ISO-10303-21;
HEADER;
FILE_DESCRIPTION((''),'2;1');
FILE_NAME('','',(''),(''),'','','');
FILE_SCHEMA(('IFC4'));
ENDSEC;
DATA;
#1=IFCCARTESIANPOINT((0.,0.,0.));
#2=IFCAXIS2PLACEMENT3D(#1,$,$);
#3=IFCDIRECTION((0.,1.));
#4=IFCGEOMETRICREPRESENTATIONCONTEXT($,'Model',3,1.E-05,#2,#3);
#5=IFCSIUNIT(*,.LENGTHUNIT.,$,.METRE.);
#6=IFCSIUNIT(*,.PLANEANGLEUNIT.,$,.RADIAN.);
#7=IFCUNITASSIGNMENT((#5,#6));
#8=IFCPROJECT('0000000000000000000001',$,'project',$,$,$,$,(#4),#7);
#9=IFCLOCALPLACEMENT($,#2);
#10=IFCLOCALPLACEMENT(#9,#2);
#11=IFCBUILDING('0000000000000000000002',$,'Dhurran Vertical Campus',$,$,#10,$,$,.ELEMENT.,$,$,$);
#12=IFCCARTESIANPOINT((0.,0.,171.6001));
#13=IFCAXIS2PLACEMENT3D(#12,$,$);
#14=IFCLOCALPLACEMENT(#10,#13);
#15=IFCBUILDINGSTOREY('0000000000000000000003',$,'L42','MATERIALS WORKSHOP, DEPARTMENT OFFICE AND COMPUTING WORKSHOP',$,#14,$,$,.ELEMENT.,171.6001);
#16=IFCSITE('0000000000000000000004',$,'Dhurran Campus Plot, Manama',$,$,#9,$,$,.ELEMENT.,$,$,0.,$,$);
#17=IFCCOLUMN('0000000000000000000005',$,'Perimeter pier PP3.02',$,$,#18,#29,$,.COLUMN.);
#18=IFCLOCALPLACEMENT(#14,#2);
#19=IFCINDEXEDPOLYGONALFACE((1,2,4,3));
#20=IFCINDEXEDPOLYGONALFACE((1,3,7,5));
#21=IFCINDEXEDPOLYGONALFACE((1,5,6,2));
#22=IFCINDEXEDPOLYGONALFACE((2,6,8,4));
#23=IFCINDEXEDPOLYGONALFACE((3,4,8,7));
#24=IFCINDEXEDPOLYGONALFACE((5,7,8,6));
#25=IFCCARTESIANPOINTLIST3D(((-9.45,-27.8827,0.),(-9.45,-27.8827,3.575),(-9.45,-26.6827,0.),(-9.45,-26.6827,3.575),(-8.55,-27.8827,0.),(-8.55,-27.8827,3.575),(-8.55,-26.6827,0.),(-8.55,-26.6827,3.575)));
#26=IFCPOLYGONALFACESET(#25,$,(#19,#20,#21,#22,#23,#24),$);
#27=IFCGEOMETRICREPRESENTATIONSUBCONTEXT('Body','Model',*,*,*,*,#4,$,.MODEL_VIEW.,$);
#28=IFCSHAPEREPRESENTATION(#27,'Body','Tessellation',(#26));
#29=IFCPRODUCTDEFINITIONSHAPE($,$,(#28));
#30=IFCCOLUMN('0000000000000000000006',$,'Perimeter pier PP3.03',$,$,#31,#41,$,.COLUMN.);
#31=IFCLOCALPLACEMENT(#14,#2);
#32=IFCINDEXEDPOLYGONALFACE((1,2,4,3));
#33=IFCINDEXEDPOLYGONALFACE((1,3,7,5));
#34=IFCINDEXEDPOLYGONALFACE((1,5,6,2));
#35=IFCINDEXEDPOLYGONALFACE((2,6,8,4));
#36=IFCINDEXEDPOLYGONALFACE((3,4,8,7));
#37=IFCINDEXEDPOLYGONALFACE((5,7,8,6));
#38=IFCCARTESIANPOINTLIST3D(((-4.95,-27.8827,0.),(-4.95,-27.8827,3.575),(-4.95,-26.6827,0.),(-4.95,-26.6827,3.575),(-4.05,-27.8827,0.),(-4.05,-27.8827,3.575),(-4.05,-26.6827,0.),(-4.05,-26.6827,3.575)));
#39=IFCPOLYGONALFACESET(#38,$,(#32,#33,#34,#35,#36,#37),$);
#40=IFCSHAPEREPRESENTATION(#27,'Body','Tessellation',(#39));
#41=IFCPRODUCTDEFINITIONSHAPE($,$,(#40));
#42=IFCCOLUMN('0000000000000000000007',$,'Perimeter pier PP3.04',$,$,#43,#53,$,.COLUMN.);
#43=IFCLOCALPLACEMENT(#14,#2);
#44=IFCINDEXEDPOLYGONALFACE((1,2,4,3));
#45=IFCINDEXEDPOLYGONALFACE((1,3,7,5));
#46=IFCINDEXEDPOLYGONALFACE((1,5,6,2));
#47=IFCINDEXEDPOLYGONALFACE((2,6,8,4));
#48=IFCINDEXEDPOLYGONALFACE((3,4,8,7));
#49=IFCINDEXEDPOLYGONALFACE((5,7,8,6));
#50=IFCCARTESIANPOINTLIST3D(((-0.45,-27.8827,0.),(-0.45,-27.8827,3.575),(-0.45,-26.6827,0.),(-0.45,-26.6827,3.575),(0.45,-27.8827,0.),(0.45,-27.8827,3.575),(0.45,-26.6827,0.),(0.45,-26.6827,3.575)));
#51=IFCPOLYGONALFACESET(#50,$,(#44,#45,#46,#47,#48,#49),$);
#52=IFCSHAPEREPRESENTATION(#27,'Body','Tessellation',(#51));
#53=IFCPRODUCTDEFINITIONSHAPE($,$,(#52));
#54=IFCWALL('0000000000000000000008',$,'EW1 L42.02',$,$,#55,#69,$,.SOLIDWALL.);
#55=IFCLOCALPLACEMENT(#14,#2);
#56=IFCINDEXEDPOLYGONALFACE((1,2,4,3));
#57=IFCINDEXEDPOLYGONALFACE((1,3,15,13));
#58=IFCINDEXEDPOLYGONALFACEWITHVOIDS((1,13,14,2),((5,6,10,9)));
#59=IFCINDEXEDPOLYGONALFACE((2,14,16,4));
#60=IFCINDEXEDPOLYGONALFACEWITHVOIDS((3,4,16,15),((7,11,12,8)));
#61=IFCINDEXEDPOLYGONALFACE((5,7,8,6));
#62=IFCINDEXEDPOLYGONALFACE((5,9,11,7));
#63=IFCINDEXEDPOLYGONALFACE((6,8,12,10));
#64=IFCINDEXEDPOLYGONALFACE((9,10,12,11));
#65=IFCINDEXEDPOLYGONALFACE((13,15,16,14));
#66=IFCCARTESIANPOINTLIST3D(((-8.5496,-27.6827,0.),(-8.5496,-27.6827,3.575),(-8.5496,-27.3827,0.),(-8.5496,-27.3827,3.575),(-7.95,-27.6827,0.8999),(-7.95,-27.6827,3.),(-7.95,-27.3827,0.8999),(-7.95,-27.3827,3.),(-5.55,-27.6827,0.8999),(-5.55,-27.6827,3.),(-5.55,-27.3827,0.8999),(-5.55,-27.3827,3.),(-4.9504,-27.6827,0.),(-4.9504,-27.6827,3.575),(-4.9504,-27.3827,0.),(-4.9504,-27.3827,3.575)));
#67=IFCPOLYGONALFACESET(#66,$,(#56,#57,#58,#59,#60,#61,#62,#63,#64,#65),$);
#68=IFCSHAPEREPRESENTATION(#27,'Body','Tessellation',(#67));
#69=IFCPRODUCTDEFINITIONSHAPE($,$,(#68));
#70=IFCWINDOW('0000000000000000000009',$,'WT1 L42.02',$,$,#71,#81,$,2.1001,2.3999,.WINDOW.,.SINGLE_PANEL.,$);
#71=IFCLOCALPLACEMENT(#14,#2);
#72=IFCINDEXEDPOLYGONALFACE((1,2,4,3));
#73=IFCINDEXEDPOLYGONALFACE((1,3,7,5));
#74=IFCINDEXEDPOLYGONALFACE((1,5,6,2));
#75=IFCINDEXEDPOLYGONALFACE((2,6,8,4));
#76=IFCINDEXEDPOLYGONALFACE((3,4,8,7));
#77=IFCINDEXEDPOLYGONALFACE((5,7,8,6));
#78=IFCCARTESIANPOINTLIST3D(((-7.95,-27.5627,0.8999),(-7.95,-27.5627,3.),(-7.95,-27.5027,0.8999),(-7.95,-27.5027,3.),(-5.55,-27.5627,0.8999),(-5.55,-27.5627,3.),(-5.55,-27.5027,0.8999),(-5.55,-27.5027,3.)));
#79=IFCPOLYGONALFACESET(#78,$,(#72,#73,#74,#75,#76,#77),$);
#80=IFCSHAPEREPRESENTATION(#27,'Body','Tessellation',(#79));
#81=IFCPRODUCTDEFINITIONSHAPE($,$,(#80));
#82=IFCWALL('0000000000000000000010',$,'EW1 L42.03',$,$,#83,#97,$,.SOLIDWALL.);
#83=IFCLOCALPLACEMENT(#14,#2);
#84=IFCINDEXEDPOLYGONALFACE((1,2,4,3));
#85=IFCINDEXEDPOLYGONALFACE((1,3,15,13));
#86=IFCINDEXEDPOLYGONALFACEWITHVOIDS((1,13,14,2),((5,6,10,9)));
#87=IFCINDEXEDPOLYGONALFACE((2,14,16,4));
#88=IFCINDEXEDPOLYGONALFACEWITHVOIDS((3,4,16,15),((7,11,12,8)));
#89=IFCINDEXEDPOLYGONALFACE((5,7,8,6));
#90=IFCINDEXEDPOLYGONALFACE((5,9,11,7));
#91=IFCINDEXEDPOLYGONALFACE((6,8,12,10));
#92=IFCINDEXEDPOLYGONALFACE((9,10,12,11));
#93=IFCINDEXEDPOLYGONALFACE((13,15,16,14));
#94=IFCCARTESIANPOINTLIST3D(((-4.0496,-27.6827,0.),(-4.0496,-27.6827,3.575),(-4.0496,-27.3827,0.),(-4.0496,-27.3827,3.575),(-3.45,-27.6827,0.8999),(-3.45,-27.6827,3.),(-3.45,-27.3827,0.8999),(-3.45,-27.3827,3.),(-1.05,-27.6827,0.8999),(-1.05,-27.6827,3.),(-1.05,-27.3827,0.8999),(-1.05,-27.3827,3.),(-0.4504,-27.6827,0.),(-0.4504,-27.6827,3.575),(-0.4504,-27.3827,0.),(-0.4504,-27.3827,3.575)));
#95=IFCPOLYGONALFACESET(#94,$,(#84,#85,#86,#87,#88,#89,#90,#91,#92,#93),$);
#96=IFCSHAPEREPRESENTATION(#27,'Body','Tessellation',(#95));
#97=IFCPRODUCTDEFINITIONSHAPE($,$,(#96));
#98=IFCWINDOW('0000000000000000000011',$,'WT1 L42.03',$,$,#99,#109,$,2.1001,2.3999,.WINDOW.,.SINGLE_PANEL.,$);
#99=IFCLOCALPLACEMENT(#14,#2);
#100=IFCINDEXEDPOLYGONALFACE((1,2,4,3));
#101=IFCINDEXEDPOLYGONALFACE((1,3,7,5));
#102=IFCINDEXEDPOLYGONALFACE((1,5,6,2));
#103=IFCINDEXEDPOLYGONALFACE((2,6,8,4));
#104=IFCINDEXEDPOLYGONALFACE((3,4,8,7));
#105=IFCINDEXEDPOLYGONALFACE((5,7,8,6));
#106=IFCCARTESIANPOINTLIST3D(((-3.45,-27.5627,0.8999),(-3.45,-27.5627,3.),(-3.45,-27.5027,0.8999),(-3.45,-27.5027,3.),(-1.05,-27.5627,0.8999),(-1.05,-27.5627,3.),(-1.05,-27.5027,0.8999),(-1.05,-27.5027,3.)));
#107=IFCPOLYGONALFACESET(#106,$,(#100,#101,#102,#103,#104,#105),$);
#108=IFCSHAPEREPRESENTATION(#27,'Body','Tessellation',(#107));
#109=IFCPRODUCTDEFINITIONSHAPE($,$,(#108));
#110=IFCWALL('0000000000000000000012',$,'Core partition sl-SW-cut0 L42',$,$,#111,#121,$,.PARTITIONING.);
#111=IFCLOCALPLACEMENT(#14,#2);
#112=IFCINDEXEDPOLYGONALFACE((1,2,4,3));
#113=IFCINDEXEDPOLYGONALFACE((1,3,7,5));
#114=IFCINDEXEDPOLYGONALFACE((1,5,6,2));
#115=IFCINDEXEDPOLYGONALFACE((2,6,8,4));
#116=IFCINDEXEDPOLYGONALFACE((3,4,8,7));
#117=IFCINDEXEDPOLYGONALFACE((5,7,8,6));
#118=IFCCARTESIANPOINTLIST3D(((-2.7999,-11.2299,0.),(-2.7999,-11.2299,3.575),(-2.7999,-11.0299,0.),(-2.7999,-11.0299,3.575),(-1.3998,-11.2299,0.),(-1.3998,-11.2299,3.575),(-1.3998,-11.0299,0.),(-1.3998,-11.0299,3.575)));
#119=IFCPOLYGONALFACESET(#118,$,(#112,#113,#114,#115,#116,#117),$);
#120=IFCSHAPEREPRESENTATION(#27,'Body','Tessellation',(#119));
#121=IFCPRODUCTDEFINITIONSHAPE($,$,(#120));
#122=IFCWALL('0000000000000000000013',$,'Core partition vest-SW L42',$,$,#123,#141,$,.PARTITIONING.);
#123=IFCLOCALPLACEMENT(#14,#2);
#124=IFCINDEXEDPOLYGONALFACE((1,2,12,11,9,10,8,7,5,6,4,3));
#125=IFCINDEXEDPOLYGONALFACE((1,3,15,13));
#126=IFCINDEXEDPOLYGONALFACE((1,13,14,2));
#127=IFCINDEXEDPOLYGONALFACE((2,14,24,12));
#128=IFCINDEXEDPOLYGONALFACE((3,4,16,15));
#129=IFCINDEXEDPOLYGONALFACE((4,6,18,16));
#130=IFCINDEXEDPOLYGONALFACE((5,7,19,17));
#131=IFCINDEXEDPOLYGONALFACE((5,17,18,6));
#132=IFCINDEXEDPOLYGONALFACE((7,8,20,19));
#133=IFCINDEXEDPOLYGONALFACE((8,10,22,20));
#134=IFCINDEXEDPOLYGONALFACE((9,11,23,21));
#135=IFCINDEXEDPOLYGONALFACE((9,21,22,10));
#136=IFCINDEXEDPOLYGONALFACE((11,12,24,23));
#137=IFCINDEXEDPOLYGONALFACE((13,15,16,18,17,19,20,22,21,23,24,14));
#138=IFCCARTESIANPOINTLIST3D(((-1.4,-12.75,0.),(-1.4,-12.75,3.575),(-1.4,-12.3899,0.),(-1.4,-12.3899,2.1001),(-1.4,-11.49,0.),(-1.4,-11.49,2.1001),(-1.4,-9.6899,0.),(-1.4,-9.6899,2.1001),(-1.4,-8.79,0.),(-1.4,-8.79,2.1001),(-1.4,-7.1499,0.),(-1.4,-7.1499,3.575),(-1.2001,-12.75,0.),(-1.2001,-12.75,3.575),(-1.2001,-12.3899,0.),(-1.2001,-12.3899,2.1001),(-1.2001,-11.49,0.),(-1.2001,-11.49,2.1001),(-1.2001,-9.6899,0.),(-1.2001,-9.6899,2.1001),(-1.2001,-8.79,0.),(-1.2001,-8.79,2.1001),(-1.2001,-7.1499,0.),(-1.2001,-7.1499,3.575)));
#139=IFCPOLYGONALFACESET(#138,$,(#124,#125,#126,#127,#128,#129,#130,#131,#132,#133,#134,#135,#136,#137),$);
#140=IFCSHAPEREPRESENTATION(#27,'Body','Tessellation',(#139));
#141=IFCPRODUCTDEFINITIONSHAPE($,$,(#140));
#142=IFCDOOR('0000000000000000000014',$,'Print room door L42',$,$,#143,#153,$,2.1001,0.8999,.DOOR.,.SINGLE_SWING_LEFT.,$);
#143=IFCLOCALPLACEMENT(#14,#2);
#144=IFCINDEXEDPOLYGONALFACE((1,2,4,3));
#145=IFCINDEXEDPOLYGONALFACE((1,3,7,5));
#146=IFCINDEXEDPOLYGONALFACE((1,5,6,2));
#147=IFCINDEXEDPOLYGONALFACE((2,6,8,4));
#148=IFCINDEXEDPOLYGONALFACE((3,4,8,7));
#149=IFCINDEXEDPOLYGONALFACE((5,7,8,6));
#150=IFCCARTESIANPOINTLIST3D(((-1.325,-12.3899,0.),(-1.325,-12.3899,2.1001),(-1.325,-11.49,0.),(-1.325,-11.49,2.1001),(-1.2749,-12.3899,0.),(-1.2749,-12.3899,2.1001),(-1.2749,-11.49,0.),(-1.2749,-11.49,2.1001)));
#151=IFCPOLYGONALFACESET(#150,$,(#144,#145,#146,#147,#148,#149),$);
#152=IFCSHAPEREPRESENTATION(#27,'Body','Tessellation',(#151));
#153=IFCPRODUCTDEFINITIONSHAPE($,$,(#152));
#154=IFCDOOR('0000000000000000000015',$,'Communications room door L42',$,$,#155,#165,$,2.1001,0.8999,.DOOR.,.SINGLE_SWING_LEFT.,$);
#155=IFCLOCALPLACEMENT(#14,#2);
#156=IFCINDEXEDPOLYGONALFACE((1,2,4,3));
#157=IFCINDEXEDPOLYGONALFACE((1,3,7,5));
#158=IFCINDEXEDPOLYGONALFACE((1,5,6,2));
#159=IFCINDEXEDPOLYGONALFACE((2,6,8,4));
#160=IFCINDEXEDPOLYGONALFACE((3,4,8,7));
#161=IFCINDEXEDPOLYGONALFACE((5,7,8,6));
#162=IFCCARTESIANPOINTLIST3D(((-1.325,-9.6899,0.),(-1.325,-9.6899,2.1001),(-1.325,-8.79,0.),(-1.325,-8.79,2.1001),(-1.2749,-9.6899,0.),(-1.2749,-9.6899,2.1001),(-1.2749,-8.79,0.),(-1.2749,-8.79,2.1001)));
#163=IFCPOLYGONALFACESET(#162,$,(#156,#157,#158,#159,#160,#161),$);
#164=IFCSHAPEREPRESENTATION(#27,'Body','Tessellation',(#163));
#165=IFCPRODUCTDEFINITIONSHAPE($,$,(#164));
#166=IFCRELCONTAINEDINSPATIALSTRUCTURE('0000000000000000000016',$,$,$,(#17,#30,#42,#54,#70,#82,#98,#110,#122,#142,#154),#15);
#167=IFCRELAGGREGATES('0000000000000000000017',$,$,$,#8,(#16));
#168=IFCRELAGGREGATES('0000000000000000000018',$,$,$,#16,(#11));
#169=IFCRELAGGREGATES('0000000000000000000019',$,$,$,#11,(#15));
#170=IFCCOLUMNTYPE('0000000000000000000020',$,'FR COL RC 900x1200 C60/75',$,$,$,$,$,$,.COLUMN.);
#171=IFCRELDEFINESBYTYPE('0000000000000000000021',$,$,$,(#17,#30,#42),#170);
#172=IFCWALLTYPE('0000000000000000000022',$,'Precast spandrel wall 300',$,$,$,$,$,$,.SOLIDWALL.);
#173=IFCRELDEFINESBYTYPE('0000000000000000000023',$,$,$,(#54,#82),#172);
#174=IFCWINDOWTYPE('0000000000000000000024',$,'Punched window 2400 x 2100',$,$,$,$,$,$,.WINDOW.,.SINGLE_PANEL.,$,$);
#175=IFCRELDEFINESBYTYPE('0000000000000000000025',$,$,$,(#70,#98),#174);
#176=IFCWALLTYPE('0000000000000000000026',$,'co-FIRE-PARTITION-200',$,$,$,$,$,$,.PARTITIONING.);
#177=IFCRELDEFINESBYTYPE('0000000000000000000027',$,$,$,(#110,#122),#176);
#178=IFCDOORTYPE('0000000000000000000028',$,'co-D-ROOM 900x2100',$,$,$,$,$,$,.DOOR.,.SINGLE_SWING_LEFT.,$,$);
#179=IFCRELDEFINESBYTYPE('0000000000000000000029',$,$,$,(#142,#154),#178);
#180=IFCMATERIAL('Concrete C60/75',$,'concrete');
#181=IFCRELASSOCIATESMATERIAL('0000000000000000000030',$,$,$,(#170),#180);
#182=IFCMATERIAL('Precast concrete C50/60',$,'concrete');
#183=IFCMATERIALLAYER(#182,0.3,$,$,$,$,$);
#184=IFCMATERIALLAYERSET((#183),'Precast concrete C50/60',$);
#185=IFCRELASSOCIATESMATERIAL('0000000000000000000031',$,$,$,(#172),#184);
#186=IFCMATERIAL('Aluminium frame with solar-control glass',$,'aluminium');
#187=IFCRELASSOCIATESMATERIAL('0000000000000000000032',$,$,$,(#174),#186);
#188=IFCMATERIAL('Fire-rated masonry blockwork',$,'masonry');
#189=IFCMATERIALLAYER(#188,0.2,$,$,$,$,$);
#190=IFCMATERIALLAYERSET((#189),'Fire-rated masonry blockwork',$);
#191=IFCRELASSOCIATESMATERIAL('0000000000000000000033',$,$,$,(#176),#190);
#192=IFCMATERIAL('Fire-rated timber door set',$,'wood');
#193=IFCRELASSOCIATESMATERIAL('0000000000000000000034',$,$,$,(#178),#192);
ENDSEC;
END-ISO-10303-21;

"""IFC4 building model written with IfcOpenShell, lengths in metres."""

from ifc_helpers import new_model, si_unit, direction, frame, frame_2d, origin, origin_2d, place, context, subcontext, project, spatial, rectangle, extrude, material, layer, layer_set, material_profile, profile_set, type_object, element, fill, save


model = new_model("IFC4")

# Units and contexts
model_context = context("Model", 3, precision=1e-05, world=origin(), true_north=direction((0.0, 1.0)))
body_context = subcontext(model_context, "Body", "Model", "MODEL_VIEW")
ifc_project = project(units=[si_unit("LENGTHUNIT", "METRE"), si_unit("PLANEANGLEUNIT", "RADIAN")], contexts=[model_context])

# Site, building, storey
site_placement = place(None, origin())
site = spatial("IfcSite", under=ifc_project, at=site_placement, Name="Dhurran Campus Plot, Manama", CompositionType="ELEMENT", RefElevation=0.0)
building_placement = place(site_placement, origin())
building = spatial("IfcBuilding", under=site, at=building_placement, Name="Dhurran Vertical Campus", CompositionType="ELEMENT")
storey_placement = place(building_placement, frame((0.0, 0.0, 171.6001)))
storey = spatial("IfcBuildingStorey", under=building, at=storey_placement, Name="L42", Description="MATERIALS WORKSHOP, DEPARTMENT OFFICE AND COMPUTING WORKSHOP", CompositionType="ELEMENT", Elevation=171.6001)

# Columns
ifc_material_1 = material(Name="Concrete C60/75", Category="concrete")
ifc_material_profile = material_profile(ifc_material_1, rectangle(XDim=0.8999, YDim=1.2, at=origin_2d()), Name="RC 900x1200")
ifc_profile_set = profile_set([ifc_material_profile], Name="Concrete C60/75")
column_type = type_object("IfcColumnType", Name="FR COL RC 900x1200 C60/75", PredefinedType="COLUMN", material=ifc_profile_set)
for number, where, z_axis, x_axis, name in (
    (1, (-9.0, -27.2827, 0.0), (0.0, 0.0, 1.0), (1.0, 0.0, 0.0), "Perimeter pier PP3.02"),
    (2, (-4.5, -27.2827, 0.0), (0.0, 0.0, 1.0), (1.0, 0.0, 0.0), "Perimeter pier PP3.03"),
    (3, (0.0, -27.2827, 0.0), (0.0, 0.0, 1.0), (1.0, 0.0, 0.0), "Perimeter pier PP3.04"),
):
    element("IfcColumn", number, at=place(storey_placement, frame(where, z_axis=z_axis, x_axis=x_axis)), inside=storey, type_object=column_type, Name=name, PredefinedType="COLUMN", context=body_context, shape_type="SweptSolid", body=[
        extrude(rectangle(XDim=0.8999, YDim=1.2, at=origin_2d()), origin(), (0.0, 0.0, 1.0), 3.575),
    ])

# Walls, openings, windows
ifc_material_2 = material(Name="Precast concrete C50/60", Category="concrete")
ifc_layer_1 = layer(ifc_material_2, 0.3)
ifc_layer_set_1 = layer_set([ifc_layer_1], Name="Precast concrete C50/60")
wall_type_1 = type_object("IfcWallType", Name="Precast spandrel wall 300", PredefinedType="SOLIDWALL", material=ifc_layer_set_1)
wall_1_placement = place(storey_placement, frame((-8.5496, -27.5327, 0.0), z_axis=(0.0, 0.0, 1.0), x_axis=(1.0, 0.0, 0.0)))
wall_1 = element("IfcWall", 4, at=wall_1_placement, inside=storey, type_object=wall_type_1, Name="EW1 L42.02", PredefinedType="SOLIDWALL", context=body_context, shape_type="SweptSolid", body=[
    extrude(rectangle(XDim=3.5991, YDim=0.3, at=frame_2d((1.7996, 0.0))), origin(), (0.0, 0.0, 1.0), 3.575),
])
opening_1_placement = place(wall_1_placement, frame((0.5996, 0.0, 0.8999)))
opening_1 = element("IfcOpeningElement", 5, at=opening_1_placement, cuts=wall_1, PredefinedType="OPENING", context=body_context, shape_type="SweptSolid", body=[
    extrude(rectangle(XDim=2.3999, YDim=2.1001, at=frame_2d((1.2, 1.05))), frame((0.0, 0.1599, 0.0), z_axis=(0.0, -1.0, 0.0), x_axis=(1.0, 0.0, 0.0)), (0.0, 0.0, 1.0), 0.3201),
])
ifc_material_3 = material(Name="Aluminium frame with solar-control glass", Category="aluminium")
window_type = type_object("IfcWindowType", Name="Punched window 2400 x 2100", PartitioningType="SINGLE_PANEL", PredefinedType="WINDOW", material=ifc_material_3)
window_1_placement = place(opening_1_placement, origin())
window_1 = element("IfcWindow", 6, at=window_1_placement, inside=storey, type_object=window_type, Name="WT1 L42.02", OverallHeight=2.1001, OverallWidth=2.3999, PartitioningType="SINGLE_PANEL", PredefinedType="WINDOW", context=body_context, shape_type="SweptSolid", body=[
    extrude(rectangle(XDim=2.3999, YDim=2.1001, at=frame_2d((1.2, 1.05))), frame((0.0, 0.03, 0.0), z_axis=(0.0, -1.0, 0.0), x_axis=(1.0, 0.0, 0.0)), (0.0, 0.0, 1.0), 0.0601),
])
fill(opening_1, window_1)
wall_2_placement = place(storey_placement, frame((-4.0496, -27.5327, 0.0), z_axis=(0.0, 0.0, 1.0), x_axis=(1.0, 0.0, 0.0)))
wall_2 = element("IfcWall", 7, at=wall_2_placement, inside=storey, type_object=wall_type_1, Name="EW1 L42.03", PredefinedType="SOLIDWALL", context=body_context, shape_type="SweptSolid", body=[
    extrude(rectangle(XDim=3.5991, YDim=0.3, at=frame_2d((1.7996, 0.0))), origin(), (0.0, 0.0, 1.0), 3.575),
])
opening_2_placement = place(wall_2_placement, frame((0.5996, 0.0, 0.8999)))
opening_2 = element("IfcOpeningElement", 8, at=opening_2_placement, cuts=wall_2, PredefinedType="OPENING", context=body_context, shape_type="SweptSolid", body=[
    extrude(rectangle(XDim=2.3999, YDim=2.1001, at=frame_2d((1.2, 1.05))), frame((0.0, 0.1599, 0.0), z_axis=(0.0, -1.0, 0.0), x_axis=(1.0, 0.0, 0.0)), (0.0, 0.0, 1.0), 0.3201),
])
window_2_placement = place(opening_2_placement, origin())
window_2 = element("IfcWindow", 9, at=window_2_placement, inside=storey, type_object=window_type, Name="WT1 L42.03", OverallHeight=2.1001, OverallWidth=2.3999, PartitioningType="SINGLE_PANEL", PredefinedType="WINDOW", context=body_context, shape_type="SweptSolid", body=[
    extrude(rectangle(XDim=2.3999, YDim=2.1001, at=frame_2d((1.2, 1.05))), frame((0.0, 0.03, 0.0), z_axis=(0.0, -1.0, 0.0), x_axis=(1.0, 0.0, 0.0)), (0.0, 0.0, 1.0), 0.0601),
])
fill(opening_2, window_2)

# Wall
ifc_material_4 = material(Name="Fire-rated masonry blockwork", Category="masonry")
ifc_layer_2 = layer(ifc_material_4, 0.2)
ifc_layer_set_2 = layer_set([ifc_layer_2], Name="Fire-rated masonry blockwork")
wall_type_2 = type_object("IfcWallType", Name="co-FIRE-PARTITION-200", PredefinedType="PARTITIONING", material=ifc_layer_set_2)
wall_3_placement = place(storey_placement, frame((-2.8, -11.1299, 0.0), z_axis=(0.0, 0.0, 1.0), x_axis=(1.0, 0.0, 0.0)))
element("IfcWall", 10, at=wall_3_placement, inside=storey, type_object=wall_type_2, Name="Core partition sl-SW-cut0 L42", PredefinedType="PARTITIONING", context=body_context, shape_type="SweptSolid", body=[
    extrude(rectangle(XDim=1.4001, YDim=0.2, at=frame_2d((0.7002, 0.0))), origin(), (0.0, 0.0, 1.0), 3.575),
])

# Wall, openings, doors
wall_4_placement = place(storey_placement, frame((-1.3, -12.75, 0.0), z_axis=(0.0, 0.0, 1.0), x_axis=(0.0, 1.0, 0.0)))
wall_4 = element("IfcWall", 11, at=wall_4_placement, inside=storey, type_object=wall_type_2, Name="Core partition vest-SW L42", PredefinedType="PARTITIONING", context=body_context, shape_type="SweptSolid", body=[
    extrude(rectangle(XDim=5.6001, YDim=0.2, at=frame_2d((2.8, 0.0))), origin(), (0.0, 0.0, 1.0), 3.575),
])
opening_3_placement = place(wall_4_placement, frame((0.3601, 0.0, 0.0)))
opening_3 = element("IfcOpeningElement", 12, at=opening_3_placement, cuts=wall_4, PredefinedType="OPENING", context=body_context, shape_type="SweptSolid", body=[
    extrude(rectangle(XDim=0.8999, YDim=2.1001, at=frame_2d((0.45, 1.05))), frame((0.0, 0.1099, 0.0), z_axis=(0.0, -1.0, 0.0), x_axis=(1.0, 0.0, 0.0)), (0.0, 0.0, 1.0), 0.22),
])
opening_4_placement = place(wall_4_placement, frame((3.0601, 0.0, 0.0)))
opening_4 = element("IfcOpeningElement", 13, at=opening_4_placement, cuts=wall_4, PredefinedType="OPENING", context=body_context, shape_type="SweptSolid", body=[
    extrude(rectangle(XDim=0.8999, YDim=2.1001, at=frame_2d((0.45, 1.05))), frame((0.0, 0.1099, 0.0), z_axis=(0.0, -1.0, 0.0), x_axis=(1.0, 0.0, 0.0)), (0.0, 0.0, 1.0), 0.22),
])
ifc_material_5 = material(Name="Fire-rated timber door set", Category="wood")
door_type_1 = type_object("IfcDoorType", Name="co-D-ROOM 900x2100", OperationType="SINGLE_SWING_LEFT", PredefinedType="DOOR", material=ifc_material_5)
door_1_placement = place(opening_3_placement, origin())
door_1 = element("IfcDoor", 14, at=door_1_placement, inside=storey, type_object=door_type_1, Name="Print room door L42", OperationType="SINGLE_SWING_LEFT", OverallHeight=2.1001, OverallWidth=0.8999, PredefinedType="DOOR", context=body_context, shape_type="SweptSolid", body=[
    extrude(rectangle(XDim=0.8999, YDim=2.1001, at=frame_2d((0.45, 1.05))), frame((0.0, 0.0249, 0.0), z_axis=(0.0, -1.0, 0.0), x_axis=(1.0, 0.0, 0.0)), (0.0, 0.0, 1.0), 0.05),
])
fill(opening_3, door_1)
door_2_placement = place(opening_4_placement, origin())
door_2 = element("IfcDoor", 15, at=door_2_placement, inside=storey, type_object=door_type_1, Name="Communications room door L42", OperationType="SINGLE_SWING_LEFT", OverallHeight=2.1001, OverallWidth=0.8999, PredefinedType="DOOR", context=body_context, shape_type="SweptSolid", body=[
    extrude(rectangle(XDim=0.8999, YDim=2.1001, at=frame_2d((0.45, 1.05))), frame((0.0, 0.0249, 0.0), z_axis=(0.0, -1.0, 0.0), x_axis=(1.0, 0.0, 0.0)), (0.0, 0.0, 1.0), 0.05),
])
fill(opening_4, door_2)

save(model, "model.ifc")
